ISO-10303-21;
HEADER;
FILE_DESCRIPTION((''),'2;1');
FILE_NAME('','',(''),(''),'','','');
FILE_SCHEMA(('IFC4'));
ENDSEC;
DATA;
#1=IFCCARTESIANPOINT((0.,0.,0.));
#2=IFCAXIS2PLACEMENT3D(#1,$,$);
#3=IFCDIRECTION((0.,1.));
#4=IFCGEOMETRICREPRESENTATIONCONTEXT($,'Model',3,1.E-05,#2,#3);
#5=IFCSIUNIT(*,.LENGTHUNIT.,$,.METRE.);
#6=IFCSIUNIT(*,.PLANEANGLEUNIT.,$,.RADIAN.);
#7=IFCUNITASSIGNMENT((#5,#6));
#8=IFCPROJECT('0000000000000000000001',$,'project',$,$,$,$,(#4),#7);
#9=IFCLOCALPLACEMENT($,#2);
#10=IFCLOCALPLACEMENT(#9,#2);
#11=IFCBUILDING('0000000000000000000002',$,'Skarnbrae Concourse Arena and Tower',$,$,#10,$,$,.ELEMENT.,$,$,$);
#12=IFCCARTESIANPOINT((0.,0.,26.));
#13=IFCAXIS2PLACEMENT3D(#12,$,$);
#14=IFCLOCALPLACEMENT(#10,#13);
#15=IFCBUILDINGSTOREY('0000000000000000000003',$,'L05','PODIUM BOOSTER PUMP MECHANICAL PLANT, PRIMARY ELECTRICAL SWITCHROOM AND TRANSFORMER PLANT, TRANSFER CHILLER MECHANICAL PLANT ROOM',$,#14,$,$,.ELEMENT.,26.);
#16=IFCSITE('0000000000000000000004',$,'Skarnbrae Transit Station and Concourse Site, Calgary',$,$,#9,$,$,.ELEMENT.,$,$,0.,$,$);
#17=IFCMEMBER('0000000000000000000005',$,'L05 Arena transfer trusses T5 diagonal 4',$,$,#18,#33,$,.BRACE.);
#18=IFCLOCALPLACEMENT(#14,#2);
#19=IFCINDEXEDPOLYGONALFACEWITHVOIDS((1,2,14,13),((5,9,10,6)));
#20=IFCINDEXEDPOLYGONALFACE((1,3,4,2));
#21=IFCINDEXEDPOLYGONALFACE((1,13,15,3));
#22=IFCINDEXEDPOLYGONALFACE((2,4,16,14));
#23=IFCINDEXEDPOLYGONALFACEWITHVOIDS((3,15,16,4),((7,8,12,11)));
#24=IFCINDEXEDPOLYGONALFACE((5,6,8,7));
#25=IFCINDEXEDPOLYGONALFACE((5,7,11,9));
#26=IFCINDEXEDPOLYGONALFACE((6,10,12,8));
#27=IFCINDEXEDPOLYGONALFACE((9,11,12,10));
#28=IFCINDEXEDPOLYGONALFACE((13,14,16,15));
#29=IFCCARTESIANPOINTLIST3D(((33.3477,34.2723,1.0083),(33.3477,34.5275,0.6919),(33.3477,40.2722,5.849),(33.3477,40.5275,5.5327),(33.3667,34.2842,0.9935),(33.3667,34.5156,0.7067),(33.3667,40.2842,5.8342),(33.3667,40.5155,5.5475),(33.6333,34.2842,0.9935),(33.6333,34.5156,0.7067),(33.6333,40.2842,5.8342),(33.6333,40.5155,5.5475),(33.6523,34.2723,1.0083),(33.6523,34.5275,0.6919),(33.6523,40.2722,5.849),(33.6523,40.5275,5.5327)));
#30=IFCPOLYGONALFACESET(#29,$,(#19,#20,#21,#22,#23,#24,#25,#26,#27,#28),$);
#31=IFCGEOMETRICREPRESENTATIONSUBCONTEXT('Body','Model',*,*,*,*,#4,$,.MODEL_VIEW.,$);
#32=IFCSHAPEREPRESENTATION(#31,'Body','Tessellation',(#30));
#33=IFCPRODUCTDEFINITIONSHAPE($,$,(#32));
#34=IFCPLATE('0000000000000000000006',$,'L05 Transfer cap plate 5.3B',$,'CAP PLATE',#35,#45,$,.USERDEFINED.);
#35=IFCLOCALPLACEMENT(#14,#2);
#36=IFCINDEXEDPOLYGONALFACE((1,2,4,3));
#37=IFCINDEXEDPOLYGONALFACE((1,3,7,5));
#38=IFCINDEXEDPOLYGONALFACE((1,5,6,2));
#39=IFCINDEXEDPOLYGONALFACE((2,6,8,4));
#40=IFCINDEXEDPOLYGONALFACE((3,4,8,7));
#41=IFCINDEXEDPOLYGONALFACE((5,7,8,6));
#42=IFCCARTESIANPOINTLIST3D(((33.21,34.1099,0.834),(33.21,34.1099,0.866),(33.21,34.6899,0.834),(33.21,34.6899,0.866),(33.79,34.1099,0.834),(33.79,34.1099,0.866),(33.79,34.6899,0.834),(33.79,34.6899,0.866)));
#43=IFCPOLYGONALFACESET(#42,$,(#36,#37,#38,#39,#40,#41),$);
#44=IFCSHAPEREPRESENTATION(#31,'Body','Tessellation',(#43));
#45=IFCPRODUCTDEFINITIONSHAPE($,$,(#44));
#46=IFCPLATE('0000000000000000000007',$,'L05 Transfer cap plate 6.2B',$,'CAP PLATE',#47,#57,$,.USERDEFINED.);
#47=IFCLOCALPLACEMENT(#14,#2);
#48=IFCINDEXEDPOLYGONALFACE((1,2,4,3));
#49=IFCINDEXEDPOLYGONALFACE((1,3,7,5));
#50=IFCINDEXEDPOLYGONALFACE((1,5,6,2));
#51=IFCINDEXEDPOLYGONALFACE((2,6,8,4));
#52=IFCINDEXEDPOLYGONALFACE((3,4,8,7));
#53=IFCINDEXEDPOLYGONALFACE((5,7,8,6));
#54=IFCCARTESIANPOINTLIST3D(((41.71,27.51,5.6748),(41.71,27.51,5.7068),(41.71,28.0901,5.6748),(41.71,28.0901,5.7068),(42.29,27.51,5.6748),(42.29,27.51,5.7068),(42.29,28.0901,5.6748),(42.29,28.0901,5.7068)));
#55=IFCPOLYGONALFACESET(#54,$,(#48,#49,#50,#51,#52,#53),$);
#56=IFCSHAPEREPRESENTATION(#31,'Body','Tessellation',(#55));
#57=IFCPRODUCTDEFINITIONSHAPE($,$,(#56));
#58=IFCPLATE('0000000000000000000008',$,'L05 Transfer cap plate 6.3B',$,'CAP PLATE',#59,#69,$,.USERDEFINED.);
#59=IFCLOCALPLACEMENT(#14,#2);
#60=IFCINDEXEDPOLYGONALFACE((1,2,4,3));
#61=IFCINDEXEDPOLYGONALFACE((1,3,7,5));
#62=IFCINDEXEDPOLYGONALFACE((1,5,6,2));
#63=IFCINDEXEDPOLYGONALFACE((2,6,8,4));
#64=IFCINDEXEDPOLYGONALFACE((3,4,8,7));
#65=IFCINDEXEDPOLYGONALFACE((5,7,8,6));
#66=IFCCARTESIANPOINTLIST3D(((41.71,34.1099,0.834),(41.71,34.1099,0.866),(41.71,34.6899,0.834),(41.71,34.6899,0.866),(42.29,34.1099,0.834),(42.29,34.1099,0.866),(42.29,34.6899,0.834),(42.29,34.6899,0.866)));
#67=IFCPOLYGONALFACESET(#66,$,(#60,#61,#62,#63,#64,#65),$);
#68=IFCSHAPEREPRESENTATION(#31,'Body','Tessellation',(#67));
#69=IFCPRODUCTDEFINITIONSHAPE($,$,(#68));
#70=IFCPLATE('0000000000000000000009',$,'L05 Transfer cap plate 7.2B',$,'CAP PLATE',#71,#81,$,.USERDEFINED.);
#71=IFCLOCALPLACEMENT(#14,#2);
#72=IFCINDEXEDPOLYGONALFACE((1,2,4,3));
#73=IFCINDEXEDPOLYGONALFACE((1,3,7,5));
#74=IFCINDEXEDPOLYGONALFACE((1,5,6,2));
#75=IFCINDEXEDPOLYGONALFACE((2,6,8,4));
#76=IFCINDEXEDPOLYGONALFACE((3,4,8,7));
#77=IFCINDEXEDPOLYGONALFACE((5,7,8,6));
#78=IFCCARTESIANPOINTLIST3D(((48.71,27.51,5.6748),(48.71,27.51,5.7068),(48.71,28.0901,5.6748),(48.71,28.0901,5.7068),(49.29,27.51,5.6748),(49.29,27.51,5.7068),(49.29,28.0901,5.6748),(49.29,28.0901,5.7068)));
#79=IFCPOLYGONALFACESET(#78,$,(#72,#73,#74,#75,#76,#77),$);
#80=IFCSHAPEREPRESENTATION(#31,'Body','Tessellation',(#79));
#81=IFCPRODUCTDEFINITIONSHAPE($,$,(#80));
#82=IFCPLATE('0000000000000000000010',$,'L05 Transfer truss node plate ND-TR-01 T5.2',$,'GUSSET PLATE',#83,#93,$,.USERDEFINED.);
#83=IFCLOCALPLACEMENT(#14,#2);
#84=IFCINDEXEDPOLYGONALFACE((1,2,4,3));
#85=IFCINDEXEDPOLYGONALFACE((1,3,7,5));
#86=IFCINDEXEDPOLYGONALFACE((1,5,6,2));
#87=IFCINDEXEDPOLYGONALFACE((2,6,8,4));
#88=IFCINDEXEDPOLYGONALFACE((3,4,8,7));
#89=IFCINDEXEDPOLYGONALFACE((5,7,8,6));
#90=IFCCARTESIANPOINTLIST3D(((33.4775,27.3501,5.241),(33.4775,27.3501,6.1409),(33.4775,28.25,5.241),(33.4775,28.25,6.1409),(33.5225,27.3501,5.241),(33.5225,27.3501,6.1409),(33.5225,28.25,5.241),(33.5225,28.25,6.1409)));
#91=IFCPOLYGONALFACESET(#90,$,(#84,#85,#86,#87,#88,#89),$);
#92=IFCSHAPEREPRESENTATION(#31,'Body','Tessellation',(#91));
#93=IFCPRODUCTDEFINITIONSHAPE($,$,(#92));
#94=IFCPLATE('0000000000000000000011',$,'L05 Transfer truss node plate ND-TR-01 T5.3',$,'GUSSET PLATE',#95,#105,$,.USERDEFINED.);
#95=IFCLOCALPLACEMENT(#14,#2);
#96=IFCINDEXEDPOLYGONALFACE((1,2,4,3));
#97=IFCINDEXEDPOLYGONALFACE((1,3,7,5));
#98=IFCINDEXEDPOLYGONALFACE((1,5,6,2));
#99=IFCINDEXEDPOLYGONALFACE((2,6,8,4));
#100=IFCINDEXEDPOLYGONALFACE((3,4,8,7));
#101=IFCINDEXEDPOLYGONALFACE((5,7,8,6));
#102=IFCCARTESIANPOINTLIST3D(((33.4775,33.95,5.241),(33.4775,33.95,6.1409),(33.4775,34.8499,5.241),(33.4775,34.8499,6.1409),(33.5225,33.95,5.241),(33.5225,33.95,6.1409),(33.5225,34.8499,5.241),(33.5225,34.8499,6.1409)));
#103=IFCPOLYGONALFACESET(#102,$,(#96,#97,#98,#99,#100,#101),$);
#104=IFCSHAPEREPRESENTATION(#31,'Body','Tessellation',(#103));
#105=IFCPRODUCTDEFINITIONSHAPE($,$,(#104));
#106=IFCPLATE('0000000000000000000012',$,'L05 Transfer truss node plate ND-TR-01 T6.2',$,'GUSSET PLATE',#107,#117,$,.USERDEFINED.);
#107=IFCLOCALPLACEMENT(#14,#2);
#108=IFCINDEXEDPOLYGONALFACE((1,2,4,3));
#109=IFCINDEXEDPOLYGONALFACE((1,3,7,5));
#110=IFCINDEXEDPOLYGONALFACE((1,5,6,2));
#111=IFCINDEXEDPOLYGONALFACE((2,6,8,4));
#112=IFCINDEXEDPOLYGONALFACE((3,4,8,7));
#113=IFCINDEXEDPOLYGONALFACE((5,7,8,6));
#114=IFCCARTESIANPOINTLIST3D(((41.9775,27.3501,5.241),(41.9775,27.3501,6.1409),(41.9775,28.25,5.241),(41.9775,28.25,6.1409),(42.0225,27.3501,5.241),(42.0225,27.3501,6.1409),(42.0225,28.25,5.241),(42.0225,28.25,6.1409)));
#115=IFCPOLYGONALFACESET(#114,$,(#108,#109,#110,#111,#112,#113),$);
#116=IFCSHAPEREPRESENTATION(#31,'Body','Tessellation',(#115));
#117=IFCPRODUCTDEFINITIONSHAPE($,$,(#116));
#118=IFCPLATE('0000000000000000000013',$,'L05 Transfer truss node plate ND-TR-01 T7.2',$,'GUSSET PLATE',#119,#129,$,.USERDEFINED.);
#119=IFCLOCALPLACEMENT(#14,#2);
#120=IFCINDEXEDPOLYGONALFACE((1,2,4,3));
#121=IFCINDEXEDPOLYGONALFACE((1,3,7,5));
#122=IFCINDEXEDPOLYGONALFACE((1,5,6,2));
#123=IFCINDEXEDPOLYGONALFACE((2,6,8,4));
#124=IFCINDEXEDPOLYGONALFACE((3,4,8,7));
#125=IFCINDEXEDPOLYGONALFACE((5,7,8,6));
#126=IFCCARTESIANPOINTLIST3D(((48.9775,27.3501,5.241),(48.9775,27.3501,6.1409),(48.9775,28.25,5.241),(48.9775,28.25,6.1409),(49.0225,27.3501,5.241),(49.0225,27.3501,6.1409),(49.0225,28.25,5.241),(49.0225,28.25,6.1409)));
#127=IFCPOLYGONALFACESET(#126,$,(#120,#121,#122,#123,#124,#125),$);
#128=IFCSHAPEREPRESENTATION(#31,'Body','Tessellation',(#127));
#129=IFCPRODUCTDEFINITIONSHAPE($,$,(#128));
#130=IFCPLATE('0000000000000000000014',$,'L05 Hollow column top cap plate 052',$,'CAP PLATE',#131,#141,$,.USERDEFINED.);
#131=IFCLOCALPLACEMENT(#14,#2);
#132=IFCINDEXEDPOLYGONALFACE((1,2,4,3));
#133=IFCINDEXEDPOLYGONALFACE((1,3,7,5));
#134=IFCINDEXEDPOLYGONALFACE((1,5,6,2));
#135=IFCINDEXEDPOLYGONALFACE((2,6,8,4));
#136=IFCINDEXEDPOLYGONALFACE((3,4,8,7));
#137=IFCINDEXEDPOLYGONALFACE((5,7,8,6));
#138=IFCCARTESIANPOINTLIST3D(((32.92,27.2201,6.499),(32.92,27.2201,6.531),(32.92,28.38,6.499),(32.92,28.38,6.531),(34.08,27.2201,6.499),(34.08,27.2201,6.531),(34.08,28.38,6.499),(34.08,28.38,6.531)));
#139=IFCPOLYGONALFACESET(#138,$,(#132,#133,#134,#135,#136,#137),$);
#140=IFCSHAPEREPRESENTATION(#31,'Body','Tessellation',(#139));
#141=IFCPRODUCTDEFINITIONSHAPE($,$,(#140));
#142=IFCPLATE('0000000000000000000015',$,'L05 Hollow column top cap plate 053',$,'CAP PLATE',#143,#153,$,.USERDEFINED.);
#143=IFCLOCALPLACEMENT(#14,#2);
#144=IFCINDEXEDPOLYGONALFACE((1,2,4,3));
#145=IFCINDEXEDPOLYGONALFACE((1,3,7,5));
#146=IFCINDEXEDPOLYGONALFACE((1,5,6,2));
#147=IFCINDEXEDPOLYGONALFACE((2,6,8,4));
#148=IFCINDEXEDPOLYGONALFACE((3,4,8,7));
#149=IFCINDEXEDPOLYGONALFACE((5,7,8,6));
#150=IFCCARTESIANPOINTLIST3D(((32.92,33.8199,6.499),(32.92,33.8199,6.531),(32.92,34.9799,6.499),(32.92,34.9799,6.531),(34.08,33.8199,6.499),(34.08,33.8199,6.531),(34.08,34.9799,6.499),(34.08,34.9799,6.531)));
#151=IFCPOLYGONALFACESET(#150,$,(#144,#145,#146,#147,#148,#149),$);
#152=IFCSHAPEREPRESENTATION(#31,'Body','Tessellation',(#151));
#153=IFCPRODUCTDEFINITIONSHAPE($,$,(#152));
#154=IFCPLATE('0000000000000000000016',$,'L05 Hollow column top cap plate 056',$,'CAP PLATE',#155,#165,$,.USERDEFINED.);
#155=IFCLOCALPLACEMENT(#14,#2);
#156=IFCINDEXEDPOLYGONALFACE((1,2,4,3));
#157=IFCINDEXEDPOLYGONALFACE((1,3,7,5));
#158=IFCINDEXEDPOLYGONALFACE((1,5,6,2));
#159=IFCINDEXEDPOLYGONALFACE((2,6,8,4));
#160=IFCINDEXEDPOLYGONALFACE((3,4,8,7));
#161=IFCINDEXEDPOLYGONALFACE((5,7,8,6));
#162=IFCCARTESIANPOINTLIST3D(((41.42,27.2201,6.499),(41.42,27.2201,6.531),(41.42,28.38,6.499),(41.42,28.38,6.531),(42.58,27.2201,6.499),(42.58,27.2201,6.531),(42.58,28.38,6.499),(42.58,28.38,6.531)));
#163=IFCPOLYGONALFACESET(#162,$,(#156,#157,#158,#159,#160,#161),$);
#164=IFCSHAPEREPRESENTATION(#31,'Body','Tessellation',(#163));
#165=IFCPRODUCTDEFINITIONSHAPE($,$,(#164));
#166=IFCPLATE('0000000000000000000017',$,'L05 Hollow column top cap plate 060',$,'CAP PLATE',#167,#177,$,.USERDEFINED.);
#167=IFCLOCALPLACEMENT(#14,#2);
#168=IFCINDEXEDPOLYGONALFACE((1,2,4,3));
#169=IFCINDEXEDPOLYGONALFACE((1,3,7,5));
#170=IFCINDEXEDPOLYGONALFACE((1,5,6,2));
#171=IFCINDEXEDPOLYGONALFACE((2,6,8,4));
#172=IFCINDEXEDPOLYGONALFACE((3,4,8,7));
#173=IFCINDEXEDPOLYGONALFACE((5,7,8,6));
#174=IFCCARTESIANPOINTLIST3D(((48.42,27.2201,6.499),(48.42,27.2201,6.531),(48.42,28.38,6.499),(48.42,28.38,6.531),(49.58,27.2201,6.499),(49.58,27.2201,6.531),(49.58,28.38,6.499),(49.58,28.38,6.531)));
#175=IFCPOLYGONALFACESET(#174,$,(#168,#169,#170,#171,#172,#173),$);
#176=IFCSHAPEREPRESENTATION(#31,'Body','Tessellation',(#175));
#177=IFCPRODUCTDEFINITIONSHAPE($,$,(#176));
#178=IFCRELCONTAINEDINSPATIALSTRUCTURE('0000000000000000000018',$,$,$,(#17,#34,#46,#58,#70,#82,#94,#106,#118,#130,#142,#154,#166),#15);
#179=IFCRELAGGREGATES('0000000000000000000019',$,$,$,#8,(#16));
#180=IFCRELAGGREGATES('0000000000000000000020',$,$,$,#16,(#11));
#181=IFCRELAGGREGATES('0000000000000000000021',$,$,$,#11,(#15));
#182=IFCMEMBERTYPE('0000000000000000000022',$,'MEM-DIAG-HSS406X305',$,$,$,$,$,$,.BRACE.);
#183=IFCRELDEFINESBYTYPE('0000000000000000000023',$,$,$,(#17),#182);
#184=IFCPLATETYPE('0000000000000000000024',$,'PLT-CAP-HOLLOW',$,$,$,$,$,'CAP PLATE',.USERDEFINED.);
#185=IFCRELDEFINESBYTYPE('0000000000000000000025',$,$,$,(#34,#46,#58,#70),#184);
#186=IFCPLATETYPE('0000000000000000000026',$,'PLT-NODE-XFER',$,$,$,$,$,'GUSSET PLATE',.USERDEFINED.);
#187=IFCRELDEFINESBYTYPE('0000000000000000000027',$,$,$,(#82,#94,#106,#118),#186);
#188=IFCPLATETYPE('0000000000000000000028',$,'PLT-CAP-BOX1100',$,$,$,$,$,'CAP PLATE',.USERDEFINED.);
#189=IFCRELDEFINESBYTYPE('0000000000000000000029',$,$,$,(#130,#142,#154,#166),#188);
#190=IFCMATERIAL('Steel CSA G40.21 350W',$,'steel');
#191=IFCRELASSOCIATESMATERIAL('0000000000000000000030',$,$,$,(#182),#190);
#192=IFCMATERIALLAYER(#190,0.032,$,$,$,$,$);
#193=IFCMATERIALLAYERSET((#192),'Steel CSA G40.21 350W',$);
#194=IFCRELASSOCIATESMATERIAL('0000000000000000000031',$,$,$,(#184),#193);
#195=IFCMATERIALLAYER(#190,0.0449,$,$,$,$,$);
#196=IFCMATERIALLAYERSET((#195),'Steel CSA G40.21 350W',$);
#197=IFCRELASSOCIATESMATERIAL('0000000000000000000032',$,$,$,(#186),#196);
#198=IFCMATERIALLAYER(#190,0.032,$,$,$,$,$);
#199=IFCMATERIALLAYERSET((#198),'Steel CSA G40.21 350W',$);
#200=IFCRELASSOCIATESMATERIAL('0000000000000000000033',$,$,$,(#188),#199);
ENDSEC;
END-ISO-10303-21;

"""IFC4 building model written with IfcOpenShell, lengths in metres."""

from ifc_helpers import new_model, si_unit, direction, frame, origin, origin_2d, place, context, subcontext, project, spatial, rectangle, hollow_rectangle, extrude, source, transform, mapped, material, layer, layer_set, material_profile, profile_set, type_object, element, save


model = new_model("IFC4")

# Units and contexts
model_context = context("Model", 3, precision=1e-05, world=origin(), true_north=direction((0.0, 1.0)))
body_context = subcontext(model_context, "Body", "Model", "MODEL_VIEW")
ifc_project = project(units=[si_unit("LENGTHUNIT", "METRE"), si_unit("PLANEANGLEUNIT", "RADIAN")], contexts=[model_context])

# Site, building, storey
site_placement = place(None, origin())
site = spatial("IfcSite", under=ifc_project, at=site_placement, Name="Skarnbrae Transit Station and Concourse Site, Calgary", CompositionType="ELEMENT", RefElevation=0.0)
building_placement = place(site_placement, origin())
building = spatial("IfcBuilding", under=site, at=building_placement, Name="Skarnbrae Concourse Arena and Tower", CompositionType="ELEMENT")
storey_placement = place(building_placement, frame((0.0, 0.0, 26.0)))
storey = spatial("IfcBuildingStorey", under=building, at=storey_placement, Name="L05", Description="PODIUM BOOSTER PUMP MECHANICAL PLANT, PRIMARY ELECTRICAL SWITCHROOM AND TRANSFORMER PLANT, TRANSFER CHILLER MECHANICAL PLANT ROOM", CompositionType="ELEMENT", Elevation=26.0)

# Shared definitions
ifc_material = material(Name="Steel CSA G40.21 350W", Category="steel")

# Member
ifc_material_profile_1 = material_profile(ifc_material, hollow_rectangle(XDim=0.3047, YDim=0.4065, WallThickness=0.019, at=origin_2d()), Name="HSS406X305X19.0")
ifc_profile_set_1 = profile_set([ifc_material_profile_1], Name="Steel CSA G40.21 350W")
member_type = type_object("IfcMemberType", Name="MEM-DIAG-HSS406X305", PredefinedType="BRACE", material=ifc_profile_set_1)
shared_shape_1 = source(origin(), body_context, "Body", "SweptSolid", [
    extrude(hollow_rectangle(XDim=0.3047, YDim=0.4065, WallThickness=0.019, at=origin_2d()), origin(), (0.0, 0.0, 1.0), 7.7092),
])
member_placement = place(storey_placement, frame((33.5, 34.3999, 0.8501), z_axis=(0.0, 0.778279, 0.627918), x_axis=(-1.0, 0.0, 0.0)))
element("IfcMember", 1, at=member_placement, inside=storey, type_object=member_type, Name="L05 Arena transfer trusses T5 diagonal 4", PredefinedType="BRACE", context=body_context, shape_type="MappedRepresentation", body=[
    mapped(shared_shape_1, transform((0.0, 0.0, 0.0))),
])

# Plates
ifc_layer_1 = layer(ifc_material, 0.032)
ifc_layer_set_1 = layer_set([ifc_layer_1], Name="Steel CSA G40.21 350W")
plate_type_1 = type_object("IfcPlateType", Name="PLT-CAP-HOLLOW", ElementType="CAP PLATE", PredefinedType="USERDEFINED", material=ifc_layer_set_1)
shared_shape_2 = source(origin(), body_context, "Body", "SweptSolid", [
    extrude(rectangle(XDim=0.5801, YDim=0.5801, at=origin_2d()), origin(), (0.0, 0.0, 1.0), 0.032),
])
for number, where, z_axis, x_axis, name in (
    (2, (33.5, 34.3999, 0.834), (0.0, 0.0, 1.0), (1.0, 0.0, 0.0), "L05 Transfer cap plate 5.3B"),
    (3, (42.0, 27.8, 5.6748), (0.0, 0.0, 1.0), (1.0, 0.0, 0.0), "L05 Transfer cap plate 6.2B"),
    (4, (42.0, 34.3999, 0.834), (0.0, 0.0, 1.0), (1.0, 0.0, 0.0), "L05 Transfer cap plate 6.3B"),
    (5, (49.0, 27.8, 5.6748), (0.0, 0.0, 1.0), (1.0, 0.0, 0.0), "L05 Transfer cap plate 7.2B"),
):
    element("IfcPlate", number, at=place(storey_placement, frame(where, z_axis=z_axis, x_axis=x_axis)), inside=storey, type_object=plate_type_1, Name=name, ObjectType="CAP PLATE", PredefinedType="USERDEFINED", context=body_context, shape_type="MappedRepresentation", body=[
        mapped(shared_shape_2, transform((0.0, 0.0, 0.0))),
    ])
ifc_layer_2 = layer(ifc_material, 0.0449)
ifc_layer_set_2 = layer_set([ifc_layer_2], Name="Steel CSA G40.21 350W")
plate_type_2 = type_object("IfcPlateType", Name="PLT-NODE-XFER", ElementType="GUSSET PLATE", PredefinedType="USERDEFINED", material=ifc_layer_set_2)
shared_shape_3 = source(origin(), body_context, "Body", "SweptSolid", [
    extrude(rectangle(XDim=0.8999, YDim=0.0449, at=origin_2d()), origin(), (0.0, 0.0, 1.0), 0.8999),
])
for number, where, z_axis, x_axis, name in (
    (6, (33.5, 27.8, 5.241), (0.0, 0.0, 1.0), (0.0, 1.0, 0.0), "L05 Transfer truss node plate ND-TR-01 T5.2"),
    (7, (33.5, 34.3999, 5.241), (0.0, 0.0, 1.0), (0.0, 1.0, 0.0), "L05 Transfer truss node plate ND-TR-01 T5.3"),
    (8, (42.0, 27.8, 5.241), (0.0, 0.0, 1.0), (0.0, 1.0, 0.0), "L05 Transfer truss node plate ND-TR-01 T6.2"),
    (9, (49.0, 27.8, 5.241), (0.0, 0.0, 1.0), (0.0, 1.0, 0.0), "L05 Transfer truss node plate ND-TR-01 T7.2"),
):
    element("IfcPlate", number, at=place(storey_placement, frame(where, z_axis=z_axis, x_axis=x_axis)), inside=storey, type_object=plate_type_2, Name=name, ObjectType="GUSSET PLATE", PredefinedType="USERDEFINED", context=body_context, shape_type="MappedRepresentation", body=[
        mapped(shared_shape_3, transform((0.0, 0.0, 0.0))),
    ])
ifc_layer_3 = layer(ifc_material, 0.032)
ifc_layer_set_3 = layer_set([ifc_layer_3], Name="Steel CSA G40.21 350W")
plate_type_3 = type_object("IfcPlateType", Name="PLT-CAP-BOX1100", ElementType="CAP PLATE", PredefinedType="USERDEFINED", material=ifc_layer_set_3)
shared_shape_4 = source(origin(), body_context, "Body", "SweptSolid", [
    extrude(rectangle(XDim=1.1599, YDim=1.1599, at=origin_2d()), origin(), (0.0, 0.0, 1.0), 0.032),
])
for number, where, z_axis, x_axis, name in (
    (10, (33.5, 27.8, 6.499), (0.0, 0.0, 1.0), (1.0, 0.0, 0.0), "L05 Hollow column top cap plate 052"),
    (11, (33.5, 34.3999, 6.499), (0.0, 0.0, 1.0), (1.0, 0.0, 0.0), "L05 Hollow column top cap plate 053"),
    (12, (42.0, 27.8, 6.499), (0.0, 0.0, 1.0), (1.0, 0.0, 0.0), "L05 Hollow column top cap plate 056"),
    (13, (49.0, 27.8, 6.499), (0.0, 0.0, 1.0), (1.0, 0.0, 0.0), "L05 Hollow column top cap plate 060"),
):
    element("IfcPlate", number, at=place(storey_placement, frame(where, z_axis=z_axis, x_axis=x_axis)), inside=storey, type_object=plate_type_3, Name=name, ObjectType="CAP PLATE", PredefinedType="USERDEFINED", context=body_context, shape_type="MappedRepresentation", body=[
        mapped(shared_shape_4, transform((0.0, 0.0, 0.0))),
    ])

save(model, "model.ifc")
